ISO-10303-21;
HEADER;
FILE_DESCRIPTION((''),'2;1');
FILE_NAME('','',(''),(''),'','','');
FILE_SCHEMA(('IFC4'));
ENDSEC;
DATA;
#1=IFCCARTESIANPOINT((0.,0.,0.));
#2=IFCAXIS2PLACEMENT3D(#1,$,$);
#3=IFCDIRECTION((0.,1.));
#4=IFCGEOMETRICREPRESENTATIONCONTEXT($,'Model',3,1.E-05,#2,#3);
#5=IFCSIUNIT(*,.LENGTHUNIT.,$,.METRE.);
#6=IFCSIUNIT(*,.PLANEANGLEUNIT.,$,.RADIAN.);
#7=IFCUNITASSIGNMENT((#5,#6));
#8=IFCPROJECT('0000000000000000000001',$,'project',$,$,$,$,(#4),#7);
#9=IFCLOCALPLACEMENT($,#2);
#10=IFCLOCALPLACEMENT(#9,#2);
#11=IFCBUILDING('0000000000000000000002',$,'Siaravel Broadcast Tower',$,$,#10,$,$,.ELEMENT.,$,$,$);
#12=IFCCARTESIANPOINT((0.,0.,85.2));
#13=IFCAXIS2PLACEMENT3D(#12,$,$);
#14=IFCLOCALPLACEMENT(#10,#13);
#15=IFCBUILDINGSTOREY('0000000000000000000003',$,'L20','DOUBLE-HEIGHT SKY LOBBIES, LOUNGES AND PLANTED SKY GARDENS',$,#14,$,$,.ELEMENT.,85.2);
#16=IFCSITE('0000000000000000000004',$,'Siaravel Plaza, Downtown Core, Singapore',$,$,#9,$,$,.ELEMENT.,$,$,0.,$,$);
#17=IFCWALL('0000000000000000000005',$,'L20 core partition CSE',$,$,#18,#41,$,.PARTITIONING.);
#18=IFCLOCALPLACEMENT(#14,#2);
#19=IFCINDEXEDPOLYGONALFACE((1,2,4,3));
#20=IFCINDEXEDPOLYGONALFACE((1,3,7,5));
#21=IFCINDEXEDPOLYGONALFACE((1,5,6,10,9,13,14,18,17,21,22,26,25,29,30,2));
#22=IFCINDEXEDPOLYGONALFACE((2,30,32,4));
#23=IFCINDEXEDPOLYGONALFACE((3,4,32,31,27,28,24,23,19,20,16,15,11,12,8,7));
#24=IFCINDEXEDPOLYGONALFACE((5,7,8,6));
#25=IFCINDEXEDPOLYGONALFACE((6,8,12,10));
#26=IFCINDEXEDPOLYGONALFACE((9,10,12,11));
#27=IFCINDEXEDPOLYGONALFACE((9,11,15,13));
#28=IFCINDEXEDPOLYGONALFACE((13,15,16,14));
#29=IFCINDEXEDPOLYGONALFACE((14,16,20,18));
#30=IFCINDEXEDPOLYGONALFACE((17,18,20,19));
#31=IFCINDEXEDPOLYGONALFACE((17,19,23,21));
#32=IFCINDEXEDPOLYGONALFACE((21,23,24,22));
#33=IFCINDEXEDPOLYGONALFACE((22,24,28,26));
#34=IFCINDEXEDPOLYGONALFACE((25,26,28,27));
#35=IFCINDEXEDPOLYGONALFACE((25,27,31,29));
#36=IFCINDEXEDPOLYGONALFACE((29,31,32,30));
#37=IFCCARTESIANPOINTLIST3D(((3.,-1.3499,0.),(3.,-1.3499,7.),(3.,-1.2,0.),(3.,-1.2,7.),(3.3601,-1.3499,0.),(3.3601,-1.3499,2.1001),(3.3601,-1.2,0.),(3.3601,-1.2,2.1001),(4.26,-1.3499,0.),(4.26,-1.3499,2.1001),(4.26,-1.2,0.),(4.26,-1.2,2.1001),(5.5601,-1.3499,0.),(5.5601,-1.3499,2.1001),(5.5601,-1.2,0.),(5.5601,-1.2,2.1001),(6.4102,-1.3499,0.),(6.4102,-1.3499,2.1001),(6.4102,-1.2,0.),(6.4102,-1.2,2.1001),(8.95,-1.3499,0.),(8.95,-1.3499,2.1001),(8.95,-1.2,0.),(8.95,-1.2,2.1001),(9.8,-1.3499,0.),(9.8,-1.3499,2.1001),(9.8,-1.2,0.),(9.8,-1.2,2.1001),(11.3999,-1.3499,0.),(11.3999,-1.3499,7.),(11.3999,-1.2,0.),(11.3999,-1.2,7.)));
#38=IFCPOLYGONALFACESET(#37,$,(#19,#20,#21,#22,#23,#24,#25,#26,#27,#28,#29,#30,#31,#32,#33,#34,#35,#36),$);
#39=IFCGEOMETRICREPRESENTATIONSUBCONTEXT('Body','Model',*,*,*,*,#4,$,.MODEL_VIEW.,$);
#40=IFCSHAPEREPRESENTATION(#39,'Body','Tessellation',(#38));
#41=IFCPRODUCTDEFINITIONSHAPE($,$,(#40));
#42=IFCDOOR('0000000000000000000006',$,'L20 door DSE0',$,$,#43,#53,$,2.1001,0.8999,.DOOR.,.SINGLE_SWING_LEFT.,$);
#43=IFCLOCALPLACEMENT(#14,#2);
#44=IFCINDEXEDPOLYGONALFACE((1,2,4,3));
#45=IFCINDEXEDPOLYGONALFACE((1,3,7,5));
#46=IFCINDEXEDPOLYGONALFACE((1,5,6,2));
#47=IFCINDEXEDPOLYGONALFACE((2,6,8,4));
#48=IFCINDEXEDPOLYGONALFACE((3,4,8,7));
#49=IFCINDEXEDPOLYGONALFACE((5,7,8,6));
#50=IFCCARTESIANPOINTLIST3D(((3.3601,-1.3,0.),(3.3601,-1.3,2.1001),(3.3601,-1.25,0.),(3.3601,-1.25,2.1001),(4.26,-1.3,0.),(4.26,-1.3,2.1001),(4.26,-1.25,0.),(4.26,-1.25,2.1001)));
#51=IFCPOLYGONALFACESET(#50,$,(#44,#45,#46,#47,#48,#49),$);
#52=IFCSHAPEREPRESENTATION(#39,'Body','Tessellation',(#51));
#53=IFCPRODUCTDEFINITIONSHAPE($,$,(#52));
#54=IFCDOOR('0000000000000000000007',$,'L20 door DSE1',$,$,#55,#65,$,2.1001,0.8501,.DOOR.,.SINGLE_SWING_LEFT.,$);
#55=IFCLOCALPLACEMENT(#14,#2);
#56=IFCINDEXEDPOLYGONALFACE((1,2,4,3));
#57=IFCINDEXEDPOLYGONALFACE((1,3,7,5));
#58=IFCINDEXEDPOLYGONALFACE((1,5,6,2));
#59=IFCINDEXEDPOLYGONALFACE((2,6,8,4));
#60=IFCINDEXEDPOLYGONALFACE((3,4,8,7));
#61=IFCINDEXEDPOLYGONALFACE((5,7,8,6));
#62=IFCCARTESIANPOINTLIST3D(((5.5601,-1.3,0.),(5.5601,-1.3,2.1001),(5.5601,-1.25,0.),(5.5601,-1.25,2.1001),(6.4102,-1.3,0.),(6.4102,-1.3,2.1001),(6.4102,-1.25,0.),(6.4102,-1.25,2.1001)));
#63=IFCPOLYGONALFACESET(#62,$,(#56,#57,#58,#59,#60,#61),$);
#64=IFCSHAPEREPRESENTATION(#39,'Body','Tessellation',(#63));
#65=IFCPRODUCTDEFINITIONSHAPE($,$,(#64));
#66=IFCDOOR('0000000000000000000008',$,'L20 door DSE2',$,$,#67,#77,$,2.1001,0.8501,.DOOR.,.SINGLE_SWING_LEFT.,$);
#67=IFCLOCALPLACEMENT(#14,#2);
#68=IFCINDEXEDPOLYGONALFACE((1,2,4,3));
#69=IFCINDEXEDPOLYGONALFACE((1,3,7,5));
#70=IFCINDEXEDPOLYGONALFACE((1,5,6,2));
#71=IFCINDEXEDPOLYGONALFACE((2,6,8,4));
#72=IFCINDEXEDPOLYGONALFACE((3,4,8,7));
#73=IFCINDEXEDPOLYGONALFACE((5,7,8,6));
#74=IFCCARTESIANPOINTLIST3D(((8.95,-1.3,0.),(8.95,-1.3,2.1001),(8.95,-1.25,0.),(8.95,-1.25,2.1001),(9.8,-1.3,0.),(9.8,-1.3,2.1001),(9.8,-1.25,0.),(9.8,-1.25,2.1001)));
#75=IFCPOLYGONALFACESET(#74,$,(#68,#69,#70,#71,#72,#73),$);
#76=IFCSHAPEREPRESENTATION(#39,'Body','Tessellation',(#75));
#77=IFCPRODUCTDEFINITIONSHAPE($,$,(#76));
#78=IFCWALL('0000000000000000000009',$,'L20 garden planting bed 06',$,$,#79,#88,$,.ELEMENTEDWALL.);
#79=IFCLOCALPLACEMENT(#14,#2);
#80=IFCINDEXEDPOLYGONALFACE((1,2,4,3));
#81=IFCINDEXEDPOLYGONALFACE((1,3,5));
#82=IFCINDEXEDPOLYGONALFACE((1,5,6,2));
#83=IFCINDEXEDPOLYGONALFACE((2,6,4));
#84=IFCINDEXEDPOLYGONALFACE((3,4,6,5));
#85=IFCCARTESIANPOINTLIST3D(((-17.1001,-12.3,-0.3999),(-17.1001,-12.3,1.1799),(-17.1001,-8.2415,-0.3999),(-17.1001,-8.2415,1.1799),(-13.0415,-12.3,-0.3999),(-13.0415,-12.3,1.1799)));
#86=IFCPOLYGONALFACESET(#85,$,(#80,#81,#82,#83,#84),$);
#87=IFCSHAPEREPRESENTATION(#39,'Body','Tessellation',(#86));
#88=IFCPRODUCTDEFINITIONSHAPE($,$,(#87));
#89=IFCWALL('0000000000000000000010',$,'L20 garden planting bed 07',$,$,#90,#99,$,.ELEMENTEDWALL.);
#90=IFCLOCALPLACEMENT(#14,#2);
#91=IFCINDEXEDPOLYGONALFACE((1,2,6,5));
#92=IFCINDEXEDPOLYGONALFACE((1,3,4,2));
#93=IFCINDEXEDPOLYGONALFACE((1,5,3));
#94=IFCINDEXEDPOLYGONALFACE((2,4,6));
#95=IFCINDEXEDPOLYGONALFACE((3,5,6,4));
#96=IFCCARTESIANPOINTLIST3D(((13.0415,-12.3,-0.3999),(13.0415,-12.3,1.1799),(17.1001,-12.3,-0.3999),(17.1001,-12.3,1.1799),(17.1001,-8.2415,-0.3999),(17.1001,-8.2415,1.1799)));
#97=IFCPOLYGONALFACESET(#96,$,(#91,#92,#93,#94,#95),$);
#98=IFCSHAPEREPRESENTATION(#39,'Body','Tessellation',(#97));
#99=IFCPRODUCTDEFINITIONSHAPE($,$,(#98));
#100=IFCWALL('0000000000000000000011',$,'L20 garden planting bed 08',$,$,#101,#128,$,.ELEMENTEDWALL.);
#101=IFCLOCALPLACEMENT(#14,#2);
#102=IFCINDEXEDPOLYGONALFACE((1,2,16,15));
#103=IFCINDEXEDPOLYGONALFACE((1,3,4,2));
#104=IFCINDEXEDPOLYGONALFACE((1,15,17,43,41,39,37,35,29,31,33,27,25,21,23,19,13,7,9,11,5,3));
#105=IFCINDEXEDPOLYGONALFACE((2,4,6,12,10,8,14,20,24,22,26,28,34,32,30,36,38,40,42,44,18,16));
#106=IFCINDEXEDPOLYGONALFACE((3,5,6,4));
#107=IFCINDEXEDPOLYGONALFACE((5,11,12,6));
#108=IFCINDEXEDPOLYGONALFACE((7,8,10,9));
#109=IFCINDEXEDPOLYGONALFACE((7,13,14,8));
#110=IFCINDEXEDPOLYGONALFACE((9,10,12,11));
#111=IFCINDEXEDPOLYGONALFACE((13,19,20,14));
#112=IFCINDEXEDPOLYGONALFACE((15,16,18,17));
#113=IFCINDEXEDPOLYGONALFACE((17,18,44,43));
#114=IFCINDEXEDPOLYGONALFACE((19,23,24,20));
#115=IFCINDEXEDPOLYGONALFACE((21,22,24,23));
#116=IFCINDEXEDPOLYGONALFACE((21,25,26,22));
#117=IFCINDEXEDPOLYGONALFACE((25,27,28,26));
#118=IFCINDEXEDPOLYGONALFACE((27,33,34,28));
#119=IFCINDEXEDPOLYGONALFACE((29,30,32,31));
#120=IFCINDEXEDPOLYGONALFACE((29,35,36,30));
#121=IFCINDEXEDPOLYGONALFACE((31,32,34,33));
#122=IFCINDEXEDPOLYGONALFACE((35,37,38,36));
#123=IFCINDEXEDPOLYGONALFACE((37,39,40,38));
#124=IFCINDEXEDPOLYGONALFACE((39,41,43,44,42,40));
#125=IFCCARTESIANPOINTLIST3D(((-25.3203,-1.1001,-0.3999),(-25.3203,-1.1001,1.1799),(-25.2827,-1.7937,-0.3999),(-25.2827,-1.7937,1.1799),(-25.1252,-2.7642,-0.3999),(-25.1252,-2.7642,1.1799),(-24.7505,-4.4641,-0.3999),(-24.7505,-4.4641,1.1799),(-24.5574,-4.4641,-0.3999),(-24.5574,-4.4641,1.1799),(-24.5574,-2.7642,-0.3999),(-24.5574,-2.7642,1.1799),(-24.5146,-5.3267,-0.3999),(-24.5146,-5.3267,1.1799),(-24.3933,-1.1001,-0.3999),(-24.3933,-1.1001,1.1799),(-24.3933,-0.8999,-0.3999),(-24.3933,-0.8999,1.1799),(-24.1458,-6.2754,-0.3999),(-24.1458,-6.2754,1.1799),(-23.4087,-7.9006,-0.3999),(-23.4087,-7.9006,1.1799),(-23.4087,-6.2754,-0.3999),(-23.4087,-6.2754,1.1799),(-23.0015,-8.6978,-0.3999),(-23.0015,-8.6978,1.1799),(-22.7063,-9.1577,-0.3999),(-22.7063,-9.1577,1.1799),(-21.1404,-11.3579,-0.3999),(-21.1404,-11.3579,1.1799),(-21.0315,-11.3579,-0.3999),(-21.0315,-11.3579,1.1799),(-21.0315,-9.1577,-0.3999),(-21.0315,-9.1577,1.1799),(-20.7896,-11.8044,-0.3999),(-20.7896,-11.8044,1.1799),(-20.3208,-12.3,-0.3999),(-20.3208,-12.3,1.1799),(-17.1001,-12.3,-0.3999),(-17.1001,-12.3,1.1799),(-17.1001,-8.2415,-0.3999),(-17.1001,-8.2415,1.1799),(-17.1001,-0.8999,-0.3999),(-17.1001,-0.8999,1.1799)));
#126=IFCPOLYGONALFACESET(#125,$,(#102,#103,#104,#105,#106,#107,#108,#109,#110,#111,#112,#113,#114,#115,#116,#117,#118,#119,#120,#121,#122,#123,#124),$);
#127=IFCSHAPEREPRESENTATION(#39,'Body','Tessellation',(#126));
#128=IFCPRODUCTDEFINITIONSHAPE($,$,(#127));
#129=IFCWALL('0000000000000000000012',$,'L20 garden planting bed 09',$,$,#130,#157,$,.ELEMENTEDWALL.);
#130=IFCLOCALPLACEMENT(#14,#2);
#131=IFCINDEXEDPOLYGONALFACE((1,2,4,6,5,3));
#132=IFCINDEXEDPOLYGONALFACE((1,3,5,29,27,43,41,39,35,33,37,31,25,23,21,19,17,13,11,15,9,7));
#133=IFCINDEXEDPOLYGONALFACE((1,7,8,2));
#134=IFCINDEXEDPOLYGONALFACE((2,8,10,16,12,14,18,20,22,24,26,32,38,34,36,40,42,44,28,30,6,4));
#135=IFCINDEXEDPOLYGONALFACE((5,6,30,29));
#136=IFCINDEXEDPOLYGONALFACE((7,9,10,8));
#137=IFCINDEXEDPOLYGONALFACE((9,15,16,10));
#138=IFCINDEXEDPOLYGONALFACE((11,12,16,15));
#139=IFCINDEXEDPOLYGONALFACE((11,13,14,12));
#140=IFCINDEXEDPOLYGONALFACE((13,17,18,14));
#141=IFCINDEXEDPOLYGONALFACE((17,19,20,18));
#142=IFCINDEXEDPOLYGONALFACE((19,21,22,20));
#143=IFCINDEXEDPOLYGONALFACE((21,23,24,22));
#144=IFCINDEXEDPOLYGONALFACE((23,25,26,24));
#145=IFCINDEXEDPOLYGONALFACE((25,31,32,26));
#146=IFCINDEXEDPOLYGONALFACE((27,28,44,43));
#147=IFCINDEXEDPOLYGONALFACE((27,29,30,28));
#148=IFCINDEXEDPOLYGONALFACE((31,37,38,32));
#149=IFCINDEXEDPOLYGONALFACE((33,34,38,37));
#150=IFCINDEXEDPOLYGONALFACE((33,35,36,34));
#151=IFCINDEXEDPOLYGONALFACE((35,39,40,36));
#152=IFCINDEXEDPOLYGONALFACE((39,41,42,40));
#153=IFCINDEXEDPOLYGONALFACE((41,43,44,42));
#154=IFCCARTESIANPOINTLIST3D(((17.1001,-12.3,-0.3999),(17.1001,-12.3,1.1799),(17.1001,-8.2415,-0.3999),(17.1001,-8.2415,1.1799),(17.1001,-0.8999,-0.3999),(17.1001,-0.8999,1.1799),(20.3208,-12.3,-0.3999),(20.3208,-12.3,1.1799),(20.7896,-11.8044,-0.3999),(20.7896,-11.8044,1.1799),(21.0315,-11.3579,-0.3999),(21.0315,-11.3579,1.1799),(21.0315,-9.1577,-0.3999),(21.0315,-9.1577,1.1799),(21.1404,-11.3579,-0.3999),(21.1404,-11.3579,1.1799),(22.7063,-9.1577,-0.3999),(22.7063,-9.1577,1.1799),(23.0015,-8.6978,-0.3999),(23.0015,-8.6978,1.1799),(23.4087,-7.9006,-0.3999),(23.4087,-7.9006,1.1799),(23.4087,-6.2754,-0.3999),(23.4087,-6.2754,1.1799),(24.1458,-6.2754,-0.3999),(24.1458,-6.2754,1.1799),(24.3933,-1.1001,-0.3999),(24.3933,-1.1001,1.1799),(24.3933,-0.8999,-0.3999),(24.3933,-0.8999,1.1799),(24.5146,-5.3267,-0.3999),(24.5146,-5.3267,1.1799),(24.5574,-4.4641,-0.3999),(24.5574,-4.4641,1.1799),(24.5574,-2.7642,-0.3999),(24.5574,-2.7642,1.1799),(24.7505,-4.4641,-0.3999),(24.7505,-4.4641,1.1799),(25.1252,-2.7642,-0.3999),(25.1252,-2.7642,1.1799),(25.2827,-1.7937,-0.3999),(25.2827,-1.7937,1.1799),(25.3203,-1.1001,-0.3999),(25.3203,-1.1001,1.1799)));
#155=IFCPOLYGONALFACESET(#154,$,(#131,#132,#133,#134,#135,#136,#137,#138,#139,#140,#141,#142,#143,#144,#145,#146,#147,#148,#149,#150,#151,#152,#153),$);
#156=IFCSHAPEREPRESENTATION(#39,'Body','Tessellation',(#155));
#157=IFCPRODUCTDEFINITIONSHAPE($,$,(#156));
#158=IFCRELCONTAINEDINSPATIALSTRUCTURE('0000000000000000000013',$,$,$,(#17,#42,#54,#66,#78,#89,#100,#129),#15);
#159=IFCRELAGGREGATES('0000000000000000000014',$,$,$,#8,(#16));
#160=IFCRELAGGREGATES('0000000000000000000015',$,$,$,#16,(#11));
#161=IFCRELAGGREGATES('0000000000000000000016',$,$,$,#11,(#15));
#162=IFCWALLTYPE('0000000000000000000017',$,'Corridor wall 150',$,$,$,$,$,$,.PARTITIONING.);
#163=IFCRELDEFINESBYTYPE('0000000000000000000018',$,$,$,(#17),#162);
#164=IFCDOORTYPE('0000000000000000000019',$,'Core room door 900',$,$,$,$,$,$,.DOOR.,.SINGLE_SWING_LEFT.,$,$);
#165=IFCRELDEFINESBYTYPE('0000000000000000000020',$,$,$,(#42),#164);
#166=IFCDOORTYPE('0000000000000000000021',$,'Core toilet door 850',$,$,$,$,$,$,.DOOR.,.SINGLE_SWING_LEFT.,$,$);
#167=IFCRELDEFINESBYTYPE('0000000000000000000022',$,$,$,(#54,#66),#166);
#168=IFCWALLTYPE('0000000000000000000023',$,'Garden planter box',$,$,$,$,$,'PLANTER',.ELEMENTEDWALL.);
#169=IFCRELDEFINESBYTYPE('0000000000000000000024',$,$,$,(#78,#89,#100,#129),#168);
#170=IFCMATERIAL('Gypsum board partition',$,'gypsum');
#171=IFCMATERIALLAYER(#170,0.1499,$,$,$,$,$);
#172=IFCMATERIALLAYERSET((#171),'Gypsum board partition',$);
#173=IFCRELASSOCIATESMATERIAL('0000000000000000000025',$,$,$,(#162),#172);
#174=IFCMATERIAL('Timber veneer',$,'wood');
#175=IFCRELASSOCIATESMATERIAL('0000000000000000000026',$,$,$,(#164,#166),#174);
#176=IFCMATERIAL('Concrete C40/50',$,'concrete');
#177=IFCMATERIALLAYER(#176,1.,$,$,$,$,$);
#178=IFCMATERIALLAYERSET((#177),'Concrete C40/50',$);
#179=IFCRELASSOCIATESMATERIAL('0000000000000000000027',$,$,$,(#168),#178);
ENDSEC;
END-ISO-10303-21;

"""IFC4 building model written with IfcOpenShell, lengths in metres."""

from ifc_helpers import new_model, si_unit, direction, frame, frame_2d, origin, place, context, subcontext, project, spatial, polyline, rectangle, outline, extrude, material, layer, layer_set, type_object, element, fill, save


model = new_model("IFC4")

# Units and contexts
model_context = context("Model", 3, precision=1e-05, world=origin(), true_north=direction((0.0, 1.0)))
body_context = subcontext(model_context, "Body", "Model", "MODEL_VIEW")
ifc_project = project(units=[si_unit("LENGTHUNIT", "METRE"), si_unit("PLANEANGLEUNIT", "RADIAN")], contexts=[model_context])

# Site, building, storey
site_placement = place(None, origin())
site = spatial("IfcSite", under=ifc_project, at=site_placement, Name="Siaravel Plaza, Downtown Core, Singapore", CompositionType="ELEMENT", RefElevation=0.0)
building_placement = place(site_placement, origin())
building = spatial("IfcBuilding", under=site, at=building_placement, Name="Siaravel Broadcast Tower", CompositionType="ELEMENT")
storey_placement = place(building_placement, frame((0.0, 0.0, 85.2)))
storey = spatial("IfcBuildingStorey", under=building, at=storey_placement, Name="L20", Description="DOUBLE-HEIGHT SKY LOBBIES, LOUNGES AND PLANTED SKY GARDENS", CompositionType="ELEMENT", Elevation=85.2)

# Shared definitions
ifc_material_1 = material(Name="Concrete C40/50", Category="concrete")

# Wall, openings, doors
ifc_material_2 = material(Name="Gypsum board partition", Category="gypsum")
ifc_layer_1 = layer(ifc_material_2, 0.1499)
ifc_layer_set_1 = layer_set([ifc_layer_1], Name="Gypsum board partition")
wall_type_1 = type_object("IfcWallType", Name="Corridor wall 150", PredefinedType="PARTITIONING", material=ifc_layer_set_1)
wall_1_placement = place(storey_placement, frame((3.0, -1.2749, 0.0), z_axis=(0.0, 0.0, 1.0), x_axis=(1.0, 0.0, 0.0)))
wall_1 = element("IfcWall", 1, at=wall_1_placement, inside=storey, type_object=wall_type_1, Name="L20 core partition CSE", PredefinedType="PARTITIONING", context=body_context, shape_type="SweptSolid", body=[
    extrude(rectangle(XDim=8.3999, YDim=0.1499, at=frame_2d((4.2, 0.0))), origin(), (0.0, 0.0, 1.0), 7.0),
])
opening_1_placement = place(wall_1_placement, frame((0.3601, 0.0, 0.0)))
opening_1 = element("IfcOpeningElement", 2, at=opening_1_placement, cuts=wall_1, PredefinedType="OPENING", context=body_context, shape_type="SweptSolid", body=[
    extrude(rectangle(XDim=0.8999, YDim=2.1001, at=frame_2d((0.45, 1.05))), frame((0.0, 0.085, 0.0), z_axis=(0.0, -1.0, 0.0), x_axis=(1.0, 0.0, 0.0)), (0.0, 0.0, 1.0), 0.1699),
])
opening_2_placement = place(wall_1_placement, frame((2.5601, 0.0, 0.0)))
opening_2 = element("IfcOpeningElement", 3, at=opening_2_placement, cuts=wall_1, PredefinedType="OPENING", context=body_context, shape_type="SweptSolid", body=[
    extrude(rectangle(XDim=0.8501, YDim=2.1001, at=frame_2d((0.425, 1.05))), frame((0.0, 0.085, 0.0), z_axis=(0.0, -1.0, 0.0), x_axis=(1.0, 0.0, 0.0)), (0.0, 0.0, 1.0), 0.1699),
])
opening_3_placement = place(wall_1_placement, frame((5.95, 0.0, 0.0)))
opening_3 = element("IfcOpeningElement", 4, at=opening_3_placement, cuts=wall_1, PredefinedType="OPENING", context=body_context, shape_type="SweptSolid", body=[
    extrude(rectangle(XDim=0.8501, YDim=2.1001, at=frame_2d((0.425, 1.05))), frame((0.0, 0.085, 0.0), z_axis=(0.0, -1.0, 0.0), x_axis=(1.0, 0.0, 0.0)), (0.0, 0.0, 1.0), 0.1699),
])
ifc_material_3 = material(Name="Timber veneer", Category="wood")
door_type_1 = type_object("IfcDoorType", Name="Core room door 900", OperationType="SINGLE_SWING_LEFT", PredefinedType="DOOR", material=ifc_material_3)
door_1_placement = place(opening_1_placement, origin())
door_1 = element("IfcDoor", 5, at=door_1_placement, inside=storey, type_object=door_type_1, Name="L20 door DSE0", OperationType="SINGLE_SWING_LEFT", OverallHeight=2.1001, OverallWidth=0.8999, PredefinedType="DOOR", context=body_context, shape_type="SweptSolid", body=[
    extrude(rectangle(XDim=0.8999, YDim=2.1001, at=frame_2d((0.45, 1.05))), frame((0.0, 0.0249, 0.0), z_axis=(0.0, -1.0, 0.0), x_axis=(1.0, 0.0, 0.0)), (0.0, 0.0, 1.0), 0.05),
])
fill(opening_1, door_1)
door_type_2 = type_object("IfcDoorType", Name="Core toilet door 850", OperationType="SINGLE_SWING_LEFT", PredefinedType="DOOR", material=ifc_material_3)
door_2_placement = place(opening_2_placement, origin())
door_2 = element("IfcDoor", 6, at=door_2_placement, inside=storey, type_object=door_type_2, Name="L20 door DSE1", OperationType="SINGLE_SWING_LEFT", OverallHeight=2.1001, OverallWidth=0.8501, PredefinedType="DOOR", context=body_context, shape_type="SweptSolid", body=[
    extrude(rectangle(XDim=0.8501, YDim=2.1001, at=frame_2d((0.425, 1.05))), frame((0.0, 0.0249, 0.0), z_axis=(0.0, -1.0, 0.0), x_axis=(1.0, 0.0, 0.0)), (0.0, 0.0, 1.0), 0.05),
])
fill(opening_2, door_2)
door_3_placement = place(opening_3_placement, origin())
door_3 = element("IfcDoor", 7, at=door_3_placement, inside=storey, type_object=door_type_2, Name="L20 door DSE2", OperationType="SINGLE_SWING_LEFT", OverallHeight=2.1001, OverallWidth=0.8501, PredefinedType="DOOR", context=body_context, shape_type="SweptSolid", body=[
    extrude(rectangle(XDim=0.8501, YDim=2.1001, at=frame_2d((0.425, 1.05))), frame((0.0, 0.0249, 0.0), z_axis=(0.0, -1.0, 0.0), x_axis=(1.0, 0.0, 0.0)), (0.0, 0.0, 1.0), 0.05),
])
fill(opening_3, door_3)

# Walls
ifc_layer_2 = layer(ifc_material_1, 1.0)
ifc_layer_set_2 = layer_set([ifc_layer_2], Name="Concrete C40/50")
wall_type_2 = type_object("IfcWallType", Name="Garden planter box", ElementType="PLANTER", PredefinedType="ELEMENTEDWALL", material=ifc_layer_set_2)
wall_2_placement = place(storey_placement, frame((0.0, 0.0, -0.3999)))
element("IfcWall", 8, at=wall_2_placement, inside=storey, type_object=wall_type_2, Name="L20 garden planting bed 06", PredefinedType="ELEMENTEDWALL", context=body_context, shape_type="SweptSolid", body=[
    extrude(outline(polyline([(-17.1001, -8.2415), (-17.1001, -12.3), (-13.0415, -12.3), (-17.1001, -8.2415)])), origin(), (0.0, 0.0, 1.0), 1.5798),
])
wall_3_placement = place(storey_placement, frame((0.0, 0.0, -0.3999)))
element("IfcWall", 9, at=wall_3_placement, inside=storey, type_object=wall_type_2, Name="L20 garden planting bed 07", PredefinedType="ELEMENTEDWALL", context=body_context, shape_type="SweptSolid", body=[
    extrude(outline(polyline([(13.0415, -12.3), (17.1001, -12.3), (17.1001, -8.2415), (13.0415, -12.3)])), origin(), (0.0, 0.0, 1.0), 1.5798),
])
wall_4_placement = place(storey_placement, frame((0.0, 0.0, -0.3999)))
element("IfcWall", 10, at=wall_4_placement, inside=storey, type_object=wall_type_2, Name="L20 garden planting bed 08", PredefinedType="ELEMENTEDWALL", context=body_context, shape_type="SweptSolid", body=[
    extrude(outline(polyline([(-20.3208, -12.3), (-17.1001, -12.3), (-17.1001, -8.2415), (-17.1001, -0.8999), (-24.3933, -0.8999), (-24.3933, -1.1001), (-25.3203, -1.1001), (-25.2827, -1.7937), (-25.1252, -2.7642), (-24.5574, -2.7642), (-24.5574, -4.4641), (-24.7505, -4.4641), (-24.5146, -5.3267), (-24.1458, -6.2754), (-23.4087, -6.2754), (-23.4087, -7.9006), (-23.0015, -8.6978), (-22.7063, -9.1577), (-21.0315, -9.1577), (-21.0315, -11.3579), (-21.1404, -11.3579), (-20.7896, -11.8044), (-20.3208, -12.3)])), origin(), (0.0, 0.0, 1.0), 1.5798),
])
wall_5_placement = place(storey_placement, frame((0.0, 0.0, -0.3999)))
element("IfcWall", 11, at=wall_5_placement, inside=storey, type_object=wall_type_2, Name="L20 garden planting bed 09", PredefinedType="ELEMENTEDWALL", context=body_context, shape_type="SweptSolid", body=[
    extrude(outline(polyline([(24.5146, -5.3267), (24.7505, -4.4641), (24.5574, -4.4641), (24.5574, -2.7642), (25.1252, -2.7642), (25.2827, -1.7937), (25.3203, -1.1001), (24.3933, -1.1001), (24.3933, -0.8999), (17.1001, -0.8999), (17.1001, -8.2415), (17.1001, -12.3), (20.3208, -12.3), (20.7896, -11.8044), (21.1404, -11.3579), (21.0315, -11.3579), (21.0315, -9.1577), (22.7063, -9.1577), (23.0015, -8.6978), (23.4087, -7.9006), (23.4087, -6.2754), (24.1458, -6.2754), (24.5146, -5.3267)])), origin(), (0.0, 0.0, 1.0), 1.5798),
])

save(model, "model.ifc")
